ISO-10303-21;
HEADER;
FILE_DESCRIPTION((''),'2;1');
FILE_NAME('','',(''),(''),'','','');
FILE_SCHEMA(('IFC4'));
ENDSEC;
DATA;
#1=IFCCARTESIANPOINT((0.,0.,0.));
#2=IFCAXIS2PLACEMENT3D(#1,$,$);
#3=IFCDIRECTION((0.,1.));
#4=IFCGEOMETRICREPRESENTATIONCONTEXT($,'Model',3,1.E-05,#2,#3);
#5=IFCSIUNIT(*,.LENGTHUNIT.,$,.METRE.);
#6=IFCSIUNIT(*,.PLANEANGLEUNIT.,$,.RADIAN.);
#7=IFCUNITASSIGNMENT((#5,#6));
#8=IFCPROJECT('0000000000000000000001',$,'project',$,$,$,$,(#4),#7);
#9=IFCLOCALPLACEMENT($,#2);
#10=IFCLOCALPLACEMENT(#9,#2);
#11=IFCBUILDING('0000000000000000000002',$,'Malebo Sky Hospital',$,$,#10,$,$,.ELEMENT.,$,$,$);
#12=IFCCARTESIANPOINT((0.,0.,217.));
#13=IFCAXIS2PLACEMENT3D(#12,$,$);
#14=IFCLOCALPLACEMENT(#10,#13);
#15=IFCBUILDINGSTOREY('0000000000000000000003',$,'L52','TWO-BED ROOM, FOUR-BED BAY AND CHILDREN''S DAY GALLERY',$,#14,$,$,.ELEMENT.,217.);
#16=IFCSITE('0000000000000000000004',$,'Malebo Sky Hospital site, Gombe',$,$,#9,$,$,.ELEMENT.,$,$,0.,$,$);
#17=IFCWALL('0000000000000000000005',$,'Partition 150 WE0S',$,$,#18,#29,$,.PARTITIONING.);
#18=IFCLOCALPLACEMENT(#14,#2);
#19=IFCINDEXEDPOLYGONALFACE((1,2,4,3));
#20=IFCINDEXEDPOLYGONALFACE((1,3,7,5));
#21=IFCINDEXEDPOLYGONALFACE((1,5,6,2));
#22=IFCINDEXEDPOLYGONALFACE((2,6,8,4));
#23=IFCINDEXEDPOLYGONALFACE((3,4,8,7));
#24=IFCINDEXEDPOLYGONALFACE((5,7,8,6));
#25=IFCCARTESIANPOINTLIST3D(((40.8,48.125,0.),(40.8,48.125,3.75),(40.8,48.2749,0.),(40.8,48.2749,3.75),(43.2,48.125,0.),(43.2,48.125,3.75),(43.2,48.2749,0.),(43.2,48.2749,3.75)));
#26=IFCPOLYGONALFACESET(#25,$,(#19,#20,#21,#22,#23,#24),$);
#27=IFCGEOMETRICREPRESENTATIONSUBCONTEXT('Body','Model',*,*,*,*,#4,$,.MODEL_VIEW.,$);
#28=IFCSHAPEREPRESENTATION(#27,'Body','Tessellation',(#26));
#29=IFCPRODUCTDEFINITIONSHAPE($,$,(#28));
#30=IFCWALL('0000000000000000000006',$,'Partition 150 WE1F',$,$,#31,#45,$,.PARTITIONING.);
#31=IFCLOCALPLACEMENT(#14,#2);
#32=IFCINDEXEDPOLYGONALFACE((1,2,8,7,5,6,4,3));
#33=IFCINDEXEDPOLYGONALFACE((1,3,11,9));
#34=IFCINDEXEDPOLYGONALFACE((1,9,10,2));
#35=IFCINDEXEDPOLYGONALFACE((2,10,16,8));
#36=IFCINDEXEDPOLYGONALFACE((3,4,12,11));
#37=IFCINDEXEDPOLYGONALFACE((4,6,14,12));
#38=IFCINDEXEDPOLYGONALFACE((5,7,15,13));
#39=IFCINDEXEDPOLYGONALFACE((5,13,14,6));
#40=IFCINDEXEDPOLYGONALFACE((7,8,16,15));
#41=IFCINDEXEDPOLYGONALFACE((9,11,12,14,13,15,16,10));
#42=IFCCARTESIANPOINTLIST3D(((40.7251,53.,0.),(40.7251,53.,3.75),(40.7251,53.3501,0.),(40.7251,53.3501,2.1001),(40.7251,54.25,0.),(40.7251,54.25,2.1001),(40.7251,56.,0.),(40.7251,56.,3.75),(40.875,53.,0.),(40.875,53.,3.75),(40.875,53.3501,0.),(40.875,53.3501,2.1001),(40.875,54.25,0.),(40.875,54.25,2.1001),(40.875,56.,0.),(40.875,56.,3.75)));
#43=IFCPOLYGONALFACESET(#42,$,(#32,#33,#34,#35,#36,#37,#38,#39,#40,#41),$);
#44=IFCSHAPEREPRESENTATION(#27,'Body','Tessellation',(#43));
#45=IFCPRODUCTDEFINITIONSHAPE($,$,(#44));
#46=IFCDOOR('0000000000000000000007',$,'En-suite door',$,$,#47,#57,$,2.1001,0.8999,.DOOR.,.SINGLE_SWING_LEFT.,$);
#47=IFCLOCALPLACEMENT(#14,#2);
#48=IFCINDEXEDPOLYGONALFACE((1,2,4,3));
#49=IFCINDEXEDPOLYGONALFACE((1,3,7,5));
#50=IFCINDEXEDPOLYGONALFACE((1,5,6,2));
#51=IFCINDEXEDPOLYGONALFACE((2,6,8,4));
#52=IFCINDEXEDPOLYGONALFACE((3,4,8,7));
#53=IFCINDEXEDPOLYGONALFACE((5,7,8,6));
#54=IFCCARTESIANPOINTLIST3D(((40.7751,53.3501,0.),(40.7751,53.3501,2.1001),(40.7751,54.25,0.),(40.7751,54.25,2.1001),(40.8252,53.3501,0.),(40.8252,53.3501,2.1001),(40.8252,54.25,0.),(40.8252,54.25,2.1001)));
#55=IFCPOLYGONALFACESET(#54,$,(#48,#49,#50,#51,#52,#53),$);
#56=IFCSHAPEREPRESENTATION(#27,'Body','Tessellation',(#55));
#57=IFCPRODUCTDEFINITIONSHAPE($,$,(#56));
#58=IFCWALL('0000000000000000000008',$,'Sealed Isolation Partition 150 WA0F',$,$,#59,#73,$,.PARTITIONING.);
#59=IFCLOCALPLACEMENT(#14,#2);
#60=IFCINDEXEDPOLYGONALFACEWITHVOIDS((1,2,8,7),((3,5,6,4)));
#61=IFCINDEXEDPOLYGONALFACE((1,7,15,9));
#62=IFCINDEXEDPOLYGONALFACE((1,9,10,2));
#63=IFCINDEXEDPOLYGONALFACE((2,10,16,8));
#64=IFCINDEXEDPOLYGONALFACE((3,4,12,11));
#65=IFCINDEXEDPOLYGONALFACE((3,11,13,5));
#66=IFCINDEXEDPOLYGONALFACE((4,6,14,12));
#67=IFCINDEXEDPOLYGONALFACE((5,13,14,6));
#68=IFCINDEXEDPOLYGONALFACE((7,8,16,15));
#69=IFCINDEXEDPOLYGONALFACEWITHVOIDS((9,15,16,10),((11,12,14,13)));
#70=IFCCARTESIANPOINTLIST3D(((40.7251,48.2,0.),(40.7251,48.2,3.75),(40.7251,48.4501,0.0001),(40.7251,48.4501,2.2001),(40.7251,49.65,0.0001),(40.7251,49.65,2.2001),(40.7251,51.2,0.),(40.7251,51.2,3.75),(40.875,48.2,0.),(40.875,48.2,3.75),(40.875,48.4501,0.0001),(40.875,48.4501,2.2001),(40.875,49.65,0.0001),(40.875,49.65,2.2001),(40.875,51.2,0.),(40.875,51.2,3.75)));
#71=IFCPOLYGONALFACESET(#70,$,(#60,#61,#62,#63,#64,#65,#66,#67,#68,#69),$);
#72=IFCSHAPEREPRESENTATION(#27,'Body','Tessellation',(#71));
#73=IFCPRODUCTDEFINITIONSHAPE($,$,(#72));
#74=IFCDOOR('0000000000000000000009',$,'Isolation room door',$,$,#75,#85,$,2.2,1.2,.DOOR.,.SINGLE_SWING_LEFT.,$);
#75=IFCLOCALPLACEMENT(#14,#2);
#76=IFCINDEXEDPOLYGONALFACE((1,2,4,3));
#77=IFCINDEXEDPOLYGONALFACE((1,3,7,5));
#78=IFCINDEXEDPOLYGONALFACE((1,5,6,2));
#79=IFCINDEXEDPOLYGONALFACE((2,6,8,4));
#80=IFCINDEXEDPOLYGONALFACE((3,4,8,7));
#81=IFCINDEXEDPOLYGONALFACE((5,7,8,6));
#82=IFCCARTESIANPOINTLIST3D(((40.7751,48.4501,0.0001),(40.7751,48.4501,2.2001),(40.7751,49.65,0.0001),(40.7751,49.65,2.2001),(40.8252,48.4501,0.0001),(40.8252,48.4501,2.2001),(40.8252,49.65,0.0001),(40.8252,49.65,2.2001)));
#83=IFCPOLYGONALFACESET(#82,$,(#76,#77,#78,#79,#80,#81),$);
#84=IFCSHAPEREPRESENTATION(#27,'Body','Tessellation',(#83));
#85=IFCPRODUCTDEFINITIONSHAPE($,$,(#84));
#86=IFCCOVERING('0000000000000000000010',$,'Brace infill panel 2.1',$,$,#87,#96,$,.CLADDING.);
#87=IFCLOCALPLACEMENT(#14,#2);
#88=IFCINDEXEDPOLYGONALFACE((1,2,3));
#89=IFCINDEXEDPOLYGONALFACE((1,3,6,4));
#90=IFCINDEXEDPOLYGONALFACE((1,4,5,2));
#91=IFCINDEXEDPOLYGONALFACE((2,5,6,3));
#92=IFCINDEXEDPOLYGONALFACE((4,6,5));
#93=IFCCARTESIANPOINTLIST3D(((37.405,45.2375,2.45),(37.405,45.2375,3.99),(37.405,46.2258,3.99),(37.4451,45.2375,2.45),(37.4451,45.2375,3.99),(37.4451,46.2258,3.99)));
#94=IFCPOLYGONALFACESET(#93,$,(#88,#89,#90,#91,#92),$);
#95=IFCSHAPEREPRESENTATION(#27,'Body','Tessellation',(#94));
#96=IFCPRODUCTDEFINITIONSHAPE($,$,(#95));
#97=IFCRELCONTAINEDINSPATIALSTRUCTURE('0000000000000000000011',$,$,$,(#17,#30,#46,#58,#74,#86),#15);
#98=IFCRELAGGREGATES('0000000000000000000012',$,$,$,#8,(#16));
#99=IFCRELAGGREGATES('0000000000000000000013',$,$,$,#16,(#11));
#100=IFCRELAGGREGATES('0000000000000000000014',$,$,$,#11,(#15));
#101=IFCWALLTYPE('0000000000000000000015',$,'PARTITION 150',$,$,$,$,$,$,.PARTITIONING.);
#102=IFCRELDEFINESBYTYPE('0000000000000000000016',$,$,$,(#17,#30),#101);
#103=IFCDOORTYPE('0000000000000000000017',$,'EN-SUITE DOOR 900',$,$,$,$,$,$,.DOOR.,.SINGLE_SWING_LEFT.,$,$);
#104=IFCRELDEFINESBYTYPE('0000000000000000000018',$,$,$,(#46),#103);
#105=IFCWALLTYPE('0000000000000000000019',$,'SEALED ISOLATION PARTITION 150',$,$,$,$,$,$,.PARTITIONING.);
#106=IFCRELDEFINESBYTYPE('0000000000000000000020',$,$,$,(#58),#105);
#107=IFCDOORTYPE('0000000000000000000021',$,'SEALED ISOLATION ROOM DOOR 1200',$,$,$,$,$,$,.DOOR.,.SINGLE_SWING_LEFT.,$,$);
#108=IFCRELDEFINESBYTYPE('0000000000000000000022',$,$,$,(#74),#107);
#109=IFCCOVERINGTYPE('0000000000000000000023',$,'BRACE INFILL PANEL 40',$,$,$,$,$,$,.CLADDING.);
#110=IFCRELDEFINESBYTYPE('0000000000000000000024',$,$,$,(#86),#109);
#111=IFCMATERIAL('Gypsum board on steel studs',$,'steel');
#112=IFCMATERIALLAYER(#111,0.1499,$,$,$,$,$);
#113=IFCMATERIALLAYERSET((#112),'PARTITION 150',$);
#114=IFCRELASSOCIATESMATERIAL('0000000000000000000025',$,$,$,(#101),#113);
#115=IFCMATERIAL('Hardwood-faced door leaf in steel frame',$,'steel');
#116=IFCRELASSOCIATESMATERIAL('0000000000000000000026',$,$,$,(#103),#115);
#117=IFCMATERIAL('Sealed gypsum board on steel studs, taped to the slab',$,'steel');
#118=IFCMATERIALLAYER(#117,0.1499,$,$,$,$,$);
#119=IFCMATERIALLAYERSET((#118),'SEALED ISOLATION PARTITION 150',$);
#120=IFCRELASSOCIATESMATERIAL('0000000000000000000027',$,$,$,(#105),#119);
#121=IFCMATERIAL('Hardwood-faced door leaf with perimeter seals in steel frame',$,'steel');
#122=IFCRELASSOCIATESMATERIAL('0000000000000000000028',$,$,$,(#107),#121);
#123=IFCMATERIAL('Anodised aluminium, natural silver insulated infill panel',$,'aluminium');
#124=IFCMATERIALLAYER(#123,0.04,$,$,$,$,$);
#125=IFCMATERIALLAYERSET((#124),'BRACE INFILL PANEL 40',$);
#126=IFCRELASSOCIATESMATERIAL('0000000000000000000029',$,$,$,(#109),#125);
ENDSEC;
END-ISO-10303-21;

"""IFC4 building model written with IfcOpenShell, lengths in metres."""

from ifc_helpers import new_model, si_unit, direction, frame, frame_2d, origin, place, context, subcontext, project, spatial, polyline, rectangle, outline, extrude, material, layer, layer_set, type_object, element, fill, save


model = new_model("IFC4")

# Units and contexts
model_context = context("Model", 3, precision=1e-05, world=origin(), true_north=direction((0.0, 1.0)))
body_context = subcontext(model_context, "Body", "Model", "MODEL_VIEW")
ifc_project = project(units=[si_unit("LENGTHUNIT", "METRE"), si_unit("PLANEANGLEUNIT", "RADIAN")], contexts=[model_context])

# Site, building, storey
site_placement = place(None, origin())
site = spatial("IfcSite", under=ifc_project, at=site_placement, Name="Malebo Sky Hospital site, Gombe", CompositionType="ELEMENT", RefElevation=0.0)
building_placement = place(site_placement, origin())
building = spatial("IfcBuilding", under=site, at=building_placement, Name="Malebo Sky Hospital", CompositionType="ELEMENT")
storey_placement = place(building_placement, frame((0.0, 0.0, 217.0)))
storey = spatial("IfcBuildingStorey", under=building, at=storey_placement, Name="L52", Description="TWO-BED ROOM, FOUR-BED BAY AND CHILDREN'S DAY GALLERY", CompositionType="ELEMENT", Elevation=217.0)

# Wall
ifc_material_1 = material(Name="Gypsum board on steel studs", Category="steel")
ifc_layer_1 = layer(ifc_material_1, 0.1499)
ifc_layer_set_1 = layer_set([ifc_layer_1], Name="PARTITION 150")
wall_type_1 = type_object("IfcWallType", Name="PARTITION 150", PredefinedType="PARTITIONING", material=ifc_layer_set_1)
wall_1_placement = place(storey_placement, frame((43.2, 48.2, 0.0), z_axis=(0.0, 0.0, 1.0), x_axis=(-1.0, 0.0, 0.0)))
element("IfcWall", 1, at=wall_1_placement, inside=storey, type_object=wall_type_1, Name="Partition 150 WE0S", PredefinedType="PARTITIONING", context=body_context, shape_type="SweptSolid", body=[
    extrude(rectangle(XDim=2.3999, YDim=0.1499, at=frame_2d((1.2, 0.0))), origin(), (0.0, 0.0, 1.0), 3.75),
])

# Walls, openings, doors
wall_2_placement = place(storey_placement, frame((40.8, 53.0, 0.0), z_axis=(0.0, 0.0, 1.0), x_axis=(0.0, 1.0, 0.0)))
wall_2 = element("IfcWall", 2, at=wall_2_placement, inside=storey, type_object=wall_type_1, Name="Partition 150 WE1F", PredefinedType="PARTITIONING", context=body_context, shape_type="SweptSolid", body=[
    extrude(rectangle(XDim=3.0, YDim=0.1499, at=frame_2d((1.5, 0.0))), origin(), (0.0, 0.0, 1.0), 3.75),
])
opening_1_placement = place(wall_2_placement, frame((0.3501, 0.0, 0.0)))
opening_1 = element("IfcOpeningElement", 3, at=opening_1_placement, cuts=wall_2, PredefinedType="OPENING", context=body_context, shape_type="SweptSolid", body=[
    extrude(rectangle(XDim=0.8999, YDim=2.1001, at=frame_2d((0.45, 1.05))), frame((0.0, 0.085, 0.0), z_axis=(0.0, -1.0, 0.0), x_axis=(1.0, 0.0, 0.0)), (0.0, 0.0, 1.0), 0.1699),
])
ifc_material_2 = material(Name="Hardwood-faced door leaf in steel frame", Category="steel")
door_type_1 = type_object("IfcDoorType", Name="EN-SUITE DOOR 900", OperationType="SINGLE_SWING_LEFT", PredefinedType="DOOR", material=ifc_material_2)
door_1_placement = place(opening_1_placement, origin())
door_1 = element("IfcDoor", 4, at=door_1_placement, inside=storey, type_object=door_type_1, Name="En-suite door", OperationType="SINGLE_SWING_LEFT", OverallHeight=2.1001, OverallWidth=0.8999, PredefinedType="DOOR", context=body_context, shape_type="SweptSolid", body=[
    extrude(rectangle(XDim=0.8999, YDim=2.1001, at=frame_2d((0.45, 1.05))), frame((0.0, 0.0249, 0.0), z_axis=(0.0, -1.0, 0.0), x_axis=(1.0, 0.0, 0.0)), (0.0, 0.0, 1.0), 0.05),
])
fill(opening_1, door_1)
ifc_material_3 = material(Name="Sealed gypsum board on steel studs, taped to the slab", Category="steel")
ifc_layer_2 = layer(ifc_material_3, 0.1499)
ifc_layer_set_2 = layer_set([ifc_layer_2], Name="SEALED ISOLATION PARTITION 150")
wall_type_2 = type_object("IfcWallType", Name="SEALED ISOLATION PARTITION 150", PredefinedType="PARTITIONING", material=ifc_layer_set_2)
wall_3_placement = place(storey_placement, frame((40.8, 48.2, 0.0), z_axis=(0.0, 0.0, 1.0), x_axis=(0.0, 1.0, 0.0)))
wall_3 = element("IfcWall", 5, at=wall_3_placement, inside=storey, type_object=wall_type_2, Name="Sealed Isolation Partition 150 WA0F", PredefinedType="PARTITIONING", context=body_context, shape_type="SweptSolid", body=[
    extrude(rectangle(XDim=3.0, YDim=0.1499, at=frame_2d((1.5, 0.0))), origin(), (0.0, 0.0, 1.0), 3.75),
])
opening_2_placement = place(wall_3_placement, frame((0.25, 0.0, 0.0)))
opening_2 = element("IfcOpeningElement", 6, at=opening_2_placement, cuts=wall_3, PredefinedType="OPENING", context=body_context, shape_type="SweptSolid", body=[
    extrude(rectangle(XDim=1.2, YDim=2.2, at=frame_2d((0.6001, 1.1001))), frame((0.0, 0.085, 0.0), z_axis=(0.0, -1.0, 0.0), x_axis=(1.0, 0.0, 0.0)), (0.0, 0.0, 1.0), 0.1699),
])
ifc_material_4 = material(Name="Hardwood-faced door leaf with perimeter seals in steel frame", Category="steel")
door_type_2 = type_object("IfcDoorType", Name="SEALED ISOLATION ROOM DOOR 1200", OperationType="SINGLE_SWING_LEFT", PredefinedType="DOOR", material=ifc_material_4)
door_2_placement = place(opening_2_placement, origin())
door_2 = element("IfcDoor", 7, at=door_2_placement, inside=storey, type_object=door_type_2, Name="Isolation room door", OperationType="SINGLE_SWING_LEFT", OverallHeight=2.2, OverallWidth=1.2, PredefinedType="DOOR", context=body_context, shape_type="SweptSolid", body=[
    extrude(rectangle(XDim=1.2, YDim=2.2, at=frame_2d((0.6001, 1.1001))), frame((0.0, 0.0249, 0.0), z_axis=(0.0, -1.0, 0.0), x_axis=(1.0, 0.0, 0.0)), (0.0, 0.0, 1.0), 0.05),
])
fill(opening_2, door_2)

# Covering
ifc_material_5 = material(Name="Anodised aluminium, natural silver insulated infill panel", Category="aluminium")
ifc_layer_3 = layer(ifc_material_5, 0.04)
ifc_layer_set_3 = layer_set([ifc_layer_3], Name="BRACE INFILL PANEL 40")
covering_type = type_object("IfcCoveringType", Name="BRACE INFILL PANEL 40", PredefinedType="CLADDING", material=ifc_layer_set_3)
covering_placement = place(storey_placement, frame((37.425, 45.7317, 2.45), z_axis=(0.0, 0.0, 1.0), x_axis=(0.0, 1.0, 0.0)))
element("IfcCovering", 8, at=covering_placement, inside=storey, type_object=covering_type, Name="Brace infill panel 2.1", PredefinedType="CLADDING", context=body_context, shape_type="SweptSolid", body=[
    extrude(outline(polyline([(-0.4941, 0.0), (0.4941, 1.54), (-0.4941, 1.54), (-0.4941, 0.0)])), frame((0.0, 0.02, 0.0), z_axis=(0.0, -1.0, 0.0), x_axis=(1.0, 0.0, 0.0)), (0.0, 0.0, 1.0), 0.04),
])

save(model, "model.ifc")
